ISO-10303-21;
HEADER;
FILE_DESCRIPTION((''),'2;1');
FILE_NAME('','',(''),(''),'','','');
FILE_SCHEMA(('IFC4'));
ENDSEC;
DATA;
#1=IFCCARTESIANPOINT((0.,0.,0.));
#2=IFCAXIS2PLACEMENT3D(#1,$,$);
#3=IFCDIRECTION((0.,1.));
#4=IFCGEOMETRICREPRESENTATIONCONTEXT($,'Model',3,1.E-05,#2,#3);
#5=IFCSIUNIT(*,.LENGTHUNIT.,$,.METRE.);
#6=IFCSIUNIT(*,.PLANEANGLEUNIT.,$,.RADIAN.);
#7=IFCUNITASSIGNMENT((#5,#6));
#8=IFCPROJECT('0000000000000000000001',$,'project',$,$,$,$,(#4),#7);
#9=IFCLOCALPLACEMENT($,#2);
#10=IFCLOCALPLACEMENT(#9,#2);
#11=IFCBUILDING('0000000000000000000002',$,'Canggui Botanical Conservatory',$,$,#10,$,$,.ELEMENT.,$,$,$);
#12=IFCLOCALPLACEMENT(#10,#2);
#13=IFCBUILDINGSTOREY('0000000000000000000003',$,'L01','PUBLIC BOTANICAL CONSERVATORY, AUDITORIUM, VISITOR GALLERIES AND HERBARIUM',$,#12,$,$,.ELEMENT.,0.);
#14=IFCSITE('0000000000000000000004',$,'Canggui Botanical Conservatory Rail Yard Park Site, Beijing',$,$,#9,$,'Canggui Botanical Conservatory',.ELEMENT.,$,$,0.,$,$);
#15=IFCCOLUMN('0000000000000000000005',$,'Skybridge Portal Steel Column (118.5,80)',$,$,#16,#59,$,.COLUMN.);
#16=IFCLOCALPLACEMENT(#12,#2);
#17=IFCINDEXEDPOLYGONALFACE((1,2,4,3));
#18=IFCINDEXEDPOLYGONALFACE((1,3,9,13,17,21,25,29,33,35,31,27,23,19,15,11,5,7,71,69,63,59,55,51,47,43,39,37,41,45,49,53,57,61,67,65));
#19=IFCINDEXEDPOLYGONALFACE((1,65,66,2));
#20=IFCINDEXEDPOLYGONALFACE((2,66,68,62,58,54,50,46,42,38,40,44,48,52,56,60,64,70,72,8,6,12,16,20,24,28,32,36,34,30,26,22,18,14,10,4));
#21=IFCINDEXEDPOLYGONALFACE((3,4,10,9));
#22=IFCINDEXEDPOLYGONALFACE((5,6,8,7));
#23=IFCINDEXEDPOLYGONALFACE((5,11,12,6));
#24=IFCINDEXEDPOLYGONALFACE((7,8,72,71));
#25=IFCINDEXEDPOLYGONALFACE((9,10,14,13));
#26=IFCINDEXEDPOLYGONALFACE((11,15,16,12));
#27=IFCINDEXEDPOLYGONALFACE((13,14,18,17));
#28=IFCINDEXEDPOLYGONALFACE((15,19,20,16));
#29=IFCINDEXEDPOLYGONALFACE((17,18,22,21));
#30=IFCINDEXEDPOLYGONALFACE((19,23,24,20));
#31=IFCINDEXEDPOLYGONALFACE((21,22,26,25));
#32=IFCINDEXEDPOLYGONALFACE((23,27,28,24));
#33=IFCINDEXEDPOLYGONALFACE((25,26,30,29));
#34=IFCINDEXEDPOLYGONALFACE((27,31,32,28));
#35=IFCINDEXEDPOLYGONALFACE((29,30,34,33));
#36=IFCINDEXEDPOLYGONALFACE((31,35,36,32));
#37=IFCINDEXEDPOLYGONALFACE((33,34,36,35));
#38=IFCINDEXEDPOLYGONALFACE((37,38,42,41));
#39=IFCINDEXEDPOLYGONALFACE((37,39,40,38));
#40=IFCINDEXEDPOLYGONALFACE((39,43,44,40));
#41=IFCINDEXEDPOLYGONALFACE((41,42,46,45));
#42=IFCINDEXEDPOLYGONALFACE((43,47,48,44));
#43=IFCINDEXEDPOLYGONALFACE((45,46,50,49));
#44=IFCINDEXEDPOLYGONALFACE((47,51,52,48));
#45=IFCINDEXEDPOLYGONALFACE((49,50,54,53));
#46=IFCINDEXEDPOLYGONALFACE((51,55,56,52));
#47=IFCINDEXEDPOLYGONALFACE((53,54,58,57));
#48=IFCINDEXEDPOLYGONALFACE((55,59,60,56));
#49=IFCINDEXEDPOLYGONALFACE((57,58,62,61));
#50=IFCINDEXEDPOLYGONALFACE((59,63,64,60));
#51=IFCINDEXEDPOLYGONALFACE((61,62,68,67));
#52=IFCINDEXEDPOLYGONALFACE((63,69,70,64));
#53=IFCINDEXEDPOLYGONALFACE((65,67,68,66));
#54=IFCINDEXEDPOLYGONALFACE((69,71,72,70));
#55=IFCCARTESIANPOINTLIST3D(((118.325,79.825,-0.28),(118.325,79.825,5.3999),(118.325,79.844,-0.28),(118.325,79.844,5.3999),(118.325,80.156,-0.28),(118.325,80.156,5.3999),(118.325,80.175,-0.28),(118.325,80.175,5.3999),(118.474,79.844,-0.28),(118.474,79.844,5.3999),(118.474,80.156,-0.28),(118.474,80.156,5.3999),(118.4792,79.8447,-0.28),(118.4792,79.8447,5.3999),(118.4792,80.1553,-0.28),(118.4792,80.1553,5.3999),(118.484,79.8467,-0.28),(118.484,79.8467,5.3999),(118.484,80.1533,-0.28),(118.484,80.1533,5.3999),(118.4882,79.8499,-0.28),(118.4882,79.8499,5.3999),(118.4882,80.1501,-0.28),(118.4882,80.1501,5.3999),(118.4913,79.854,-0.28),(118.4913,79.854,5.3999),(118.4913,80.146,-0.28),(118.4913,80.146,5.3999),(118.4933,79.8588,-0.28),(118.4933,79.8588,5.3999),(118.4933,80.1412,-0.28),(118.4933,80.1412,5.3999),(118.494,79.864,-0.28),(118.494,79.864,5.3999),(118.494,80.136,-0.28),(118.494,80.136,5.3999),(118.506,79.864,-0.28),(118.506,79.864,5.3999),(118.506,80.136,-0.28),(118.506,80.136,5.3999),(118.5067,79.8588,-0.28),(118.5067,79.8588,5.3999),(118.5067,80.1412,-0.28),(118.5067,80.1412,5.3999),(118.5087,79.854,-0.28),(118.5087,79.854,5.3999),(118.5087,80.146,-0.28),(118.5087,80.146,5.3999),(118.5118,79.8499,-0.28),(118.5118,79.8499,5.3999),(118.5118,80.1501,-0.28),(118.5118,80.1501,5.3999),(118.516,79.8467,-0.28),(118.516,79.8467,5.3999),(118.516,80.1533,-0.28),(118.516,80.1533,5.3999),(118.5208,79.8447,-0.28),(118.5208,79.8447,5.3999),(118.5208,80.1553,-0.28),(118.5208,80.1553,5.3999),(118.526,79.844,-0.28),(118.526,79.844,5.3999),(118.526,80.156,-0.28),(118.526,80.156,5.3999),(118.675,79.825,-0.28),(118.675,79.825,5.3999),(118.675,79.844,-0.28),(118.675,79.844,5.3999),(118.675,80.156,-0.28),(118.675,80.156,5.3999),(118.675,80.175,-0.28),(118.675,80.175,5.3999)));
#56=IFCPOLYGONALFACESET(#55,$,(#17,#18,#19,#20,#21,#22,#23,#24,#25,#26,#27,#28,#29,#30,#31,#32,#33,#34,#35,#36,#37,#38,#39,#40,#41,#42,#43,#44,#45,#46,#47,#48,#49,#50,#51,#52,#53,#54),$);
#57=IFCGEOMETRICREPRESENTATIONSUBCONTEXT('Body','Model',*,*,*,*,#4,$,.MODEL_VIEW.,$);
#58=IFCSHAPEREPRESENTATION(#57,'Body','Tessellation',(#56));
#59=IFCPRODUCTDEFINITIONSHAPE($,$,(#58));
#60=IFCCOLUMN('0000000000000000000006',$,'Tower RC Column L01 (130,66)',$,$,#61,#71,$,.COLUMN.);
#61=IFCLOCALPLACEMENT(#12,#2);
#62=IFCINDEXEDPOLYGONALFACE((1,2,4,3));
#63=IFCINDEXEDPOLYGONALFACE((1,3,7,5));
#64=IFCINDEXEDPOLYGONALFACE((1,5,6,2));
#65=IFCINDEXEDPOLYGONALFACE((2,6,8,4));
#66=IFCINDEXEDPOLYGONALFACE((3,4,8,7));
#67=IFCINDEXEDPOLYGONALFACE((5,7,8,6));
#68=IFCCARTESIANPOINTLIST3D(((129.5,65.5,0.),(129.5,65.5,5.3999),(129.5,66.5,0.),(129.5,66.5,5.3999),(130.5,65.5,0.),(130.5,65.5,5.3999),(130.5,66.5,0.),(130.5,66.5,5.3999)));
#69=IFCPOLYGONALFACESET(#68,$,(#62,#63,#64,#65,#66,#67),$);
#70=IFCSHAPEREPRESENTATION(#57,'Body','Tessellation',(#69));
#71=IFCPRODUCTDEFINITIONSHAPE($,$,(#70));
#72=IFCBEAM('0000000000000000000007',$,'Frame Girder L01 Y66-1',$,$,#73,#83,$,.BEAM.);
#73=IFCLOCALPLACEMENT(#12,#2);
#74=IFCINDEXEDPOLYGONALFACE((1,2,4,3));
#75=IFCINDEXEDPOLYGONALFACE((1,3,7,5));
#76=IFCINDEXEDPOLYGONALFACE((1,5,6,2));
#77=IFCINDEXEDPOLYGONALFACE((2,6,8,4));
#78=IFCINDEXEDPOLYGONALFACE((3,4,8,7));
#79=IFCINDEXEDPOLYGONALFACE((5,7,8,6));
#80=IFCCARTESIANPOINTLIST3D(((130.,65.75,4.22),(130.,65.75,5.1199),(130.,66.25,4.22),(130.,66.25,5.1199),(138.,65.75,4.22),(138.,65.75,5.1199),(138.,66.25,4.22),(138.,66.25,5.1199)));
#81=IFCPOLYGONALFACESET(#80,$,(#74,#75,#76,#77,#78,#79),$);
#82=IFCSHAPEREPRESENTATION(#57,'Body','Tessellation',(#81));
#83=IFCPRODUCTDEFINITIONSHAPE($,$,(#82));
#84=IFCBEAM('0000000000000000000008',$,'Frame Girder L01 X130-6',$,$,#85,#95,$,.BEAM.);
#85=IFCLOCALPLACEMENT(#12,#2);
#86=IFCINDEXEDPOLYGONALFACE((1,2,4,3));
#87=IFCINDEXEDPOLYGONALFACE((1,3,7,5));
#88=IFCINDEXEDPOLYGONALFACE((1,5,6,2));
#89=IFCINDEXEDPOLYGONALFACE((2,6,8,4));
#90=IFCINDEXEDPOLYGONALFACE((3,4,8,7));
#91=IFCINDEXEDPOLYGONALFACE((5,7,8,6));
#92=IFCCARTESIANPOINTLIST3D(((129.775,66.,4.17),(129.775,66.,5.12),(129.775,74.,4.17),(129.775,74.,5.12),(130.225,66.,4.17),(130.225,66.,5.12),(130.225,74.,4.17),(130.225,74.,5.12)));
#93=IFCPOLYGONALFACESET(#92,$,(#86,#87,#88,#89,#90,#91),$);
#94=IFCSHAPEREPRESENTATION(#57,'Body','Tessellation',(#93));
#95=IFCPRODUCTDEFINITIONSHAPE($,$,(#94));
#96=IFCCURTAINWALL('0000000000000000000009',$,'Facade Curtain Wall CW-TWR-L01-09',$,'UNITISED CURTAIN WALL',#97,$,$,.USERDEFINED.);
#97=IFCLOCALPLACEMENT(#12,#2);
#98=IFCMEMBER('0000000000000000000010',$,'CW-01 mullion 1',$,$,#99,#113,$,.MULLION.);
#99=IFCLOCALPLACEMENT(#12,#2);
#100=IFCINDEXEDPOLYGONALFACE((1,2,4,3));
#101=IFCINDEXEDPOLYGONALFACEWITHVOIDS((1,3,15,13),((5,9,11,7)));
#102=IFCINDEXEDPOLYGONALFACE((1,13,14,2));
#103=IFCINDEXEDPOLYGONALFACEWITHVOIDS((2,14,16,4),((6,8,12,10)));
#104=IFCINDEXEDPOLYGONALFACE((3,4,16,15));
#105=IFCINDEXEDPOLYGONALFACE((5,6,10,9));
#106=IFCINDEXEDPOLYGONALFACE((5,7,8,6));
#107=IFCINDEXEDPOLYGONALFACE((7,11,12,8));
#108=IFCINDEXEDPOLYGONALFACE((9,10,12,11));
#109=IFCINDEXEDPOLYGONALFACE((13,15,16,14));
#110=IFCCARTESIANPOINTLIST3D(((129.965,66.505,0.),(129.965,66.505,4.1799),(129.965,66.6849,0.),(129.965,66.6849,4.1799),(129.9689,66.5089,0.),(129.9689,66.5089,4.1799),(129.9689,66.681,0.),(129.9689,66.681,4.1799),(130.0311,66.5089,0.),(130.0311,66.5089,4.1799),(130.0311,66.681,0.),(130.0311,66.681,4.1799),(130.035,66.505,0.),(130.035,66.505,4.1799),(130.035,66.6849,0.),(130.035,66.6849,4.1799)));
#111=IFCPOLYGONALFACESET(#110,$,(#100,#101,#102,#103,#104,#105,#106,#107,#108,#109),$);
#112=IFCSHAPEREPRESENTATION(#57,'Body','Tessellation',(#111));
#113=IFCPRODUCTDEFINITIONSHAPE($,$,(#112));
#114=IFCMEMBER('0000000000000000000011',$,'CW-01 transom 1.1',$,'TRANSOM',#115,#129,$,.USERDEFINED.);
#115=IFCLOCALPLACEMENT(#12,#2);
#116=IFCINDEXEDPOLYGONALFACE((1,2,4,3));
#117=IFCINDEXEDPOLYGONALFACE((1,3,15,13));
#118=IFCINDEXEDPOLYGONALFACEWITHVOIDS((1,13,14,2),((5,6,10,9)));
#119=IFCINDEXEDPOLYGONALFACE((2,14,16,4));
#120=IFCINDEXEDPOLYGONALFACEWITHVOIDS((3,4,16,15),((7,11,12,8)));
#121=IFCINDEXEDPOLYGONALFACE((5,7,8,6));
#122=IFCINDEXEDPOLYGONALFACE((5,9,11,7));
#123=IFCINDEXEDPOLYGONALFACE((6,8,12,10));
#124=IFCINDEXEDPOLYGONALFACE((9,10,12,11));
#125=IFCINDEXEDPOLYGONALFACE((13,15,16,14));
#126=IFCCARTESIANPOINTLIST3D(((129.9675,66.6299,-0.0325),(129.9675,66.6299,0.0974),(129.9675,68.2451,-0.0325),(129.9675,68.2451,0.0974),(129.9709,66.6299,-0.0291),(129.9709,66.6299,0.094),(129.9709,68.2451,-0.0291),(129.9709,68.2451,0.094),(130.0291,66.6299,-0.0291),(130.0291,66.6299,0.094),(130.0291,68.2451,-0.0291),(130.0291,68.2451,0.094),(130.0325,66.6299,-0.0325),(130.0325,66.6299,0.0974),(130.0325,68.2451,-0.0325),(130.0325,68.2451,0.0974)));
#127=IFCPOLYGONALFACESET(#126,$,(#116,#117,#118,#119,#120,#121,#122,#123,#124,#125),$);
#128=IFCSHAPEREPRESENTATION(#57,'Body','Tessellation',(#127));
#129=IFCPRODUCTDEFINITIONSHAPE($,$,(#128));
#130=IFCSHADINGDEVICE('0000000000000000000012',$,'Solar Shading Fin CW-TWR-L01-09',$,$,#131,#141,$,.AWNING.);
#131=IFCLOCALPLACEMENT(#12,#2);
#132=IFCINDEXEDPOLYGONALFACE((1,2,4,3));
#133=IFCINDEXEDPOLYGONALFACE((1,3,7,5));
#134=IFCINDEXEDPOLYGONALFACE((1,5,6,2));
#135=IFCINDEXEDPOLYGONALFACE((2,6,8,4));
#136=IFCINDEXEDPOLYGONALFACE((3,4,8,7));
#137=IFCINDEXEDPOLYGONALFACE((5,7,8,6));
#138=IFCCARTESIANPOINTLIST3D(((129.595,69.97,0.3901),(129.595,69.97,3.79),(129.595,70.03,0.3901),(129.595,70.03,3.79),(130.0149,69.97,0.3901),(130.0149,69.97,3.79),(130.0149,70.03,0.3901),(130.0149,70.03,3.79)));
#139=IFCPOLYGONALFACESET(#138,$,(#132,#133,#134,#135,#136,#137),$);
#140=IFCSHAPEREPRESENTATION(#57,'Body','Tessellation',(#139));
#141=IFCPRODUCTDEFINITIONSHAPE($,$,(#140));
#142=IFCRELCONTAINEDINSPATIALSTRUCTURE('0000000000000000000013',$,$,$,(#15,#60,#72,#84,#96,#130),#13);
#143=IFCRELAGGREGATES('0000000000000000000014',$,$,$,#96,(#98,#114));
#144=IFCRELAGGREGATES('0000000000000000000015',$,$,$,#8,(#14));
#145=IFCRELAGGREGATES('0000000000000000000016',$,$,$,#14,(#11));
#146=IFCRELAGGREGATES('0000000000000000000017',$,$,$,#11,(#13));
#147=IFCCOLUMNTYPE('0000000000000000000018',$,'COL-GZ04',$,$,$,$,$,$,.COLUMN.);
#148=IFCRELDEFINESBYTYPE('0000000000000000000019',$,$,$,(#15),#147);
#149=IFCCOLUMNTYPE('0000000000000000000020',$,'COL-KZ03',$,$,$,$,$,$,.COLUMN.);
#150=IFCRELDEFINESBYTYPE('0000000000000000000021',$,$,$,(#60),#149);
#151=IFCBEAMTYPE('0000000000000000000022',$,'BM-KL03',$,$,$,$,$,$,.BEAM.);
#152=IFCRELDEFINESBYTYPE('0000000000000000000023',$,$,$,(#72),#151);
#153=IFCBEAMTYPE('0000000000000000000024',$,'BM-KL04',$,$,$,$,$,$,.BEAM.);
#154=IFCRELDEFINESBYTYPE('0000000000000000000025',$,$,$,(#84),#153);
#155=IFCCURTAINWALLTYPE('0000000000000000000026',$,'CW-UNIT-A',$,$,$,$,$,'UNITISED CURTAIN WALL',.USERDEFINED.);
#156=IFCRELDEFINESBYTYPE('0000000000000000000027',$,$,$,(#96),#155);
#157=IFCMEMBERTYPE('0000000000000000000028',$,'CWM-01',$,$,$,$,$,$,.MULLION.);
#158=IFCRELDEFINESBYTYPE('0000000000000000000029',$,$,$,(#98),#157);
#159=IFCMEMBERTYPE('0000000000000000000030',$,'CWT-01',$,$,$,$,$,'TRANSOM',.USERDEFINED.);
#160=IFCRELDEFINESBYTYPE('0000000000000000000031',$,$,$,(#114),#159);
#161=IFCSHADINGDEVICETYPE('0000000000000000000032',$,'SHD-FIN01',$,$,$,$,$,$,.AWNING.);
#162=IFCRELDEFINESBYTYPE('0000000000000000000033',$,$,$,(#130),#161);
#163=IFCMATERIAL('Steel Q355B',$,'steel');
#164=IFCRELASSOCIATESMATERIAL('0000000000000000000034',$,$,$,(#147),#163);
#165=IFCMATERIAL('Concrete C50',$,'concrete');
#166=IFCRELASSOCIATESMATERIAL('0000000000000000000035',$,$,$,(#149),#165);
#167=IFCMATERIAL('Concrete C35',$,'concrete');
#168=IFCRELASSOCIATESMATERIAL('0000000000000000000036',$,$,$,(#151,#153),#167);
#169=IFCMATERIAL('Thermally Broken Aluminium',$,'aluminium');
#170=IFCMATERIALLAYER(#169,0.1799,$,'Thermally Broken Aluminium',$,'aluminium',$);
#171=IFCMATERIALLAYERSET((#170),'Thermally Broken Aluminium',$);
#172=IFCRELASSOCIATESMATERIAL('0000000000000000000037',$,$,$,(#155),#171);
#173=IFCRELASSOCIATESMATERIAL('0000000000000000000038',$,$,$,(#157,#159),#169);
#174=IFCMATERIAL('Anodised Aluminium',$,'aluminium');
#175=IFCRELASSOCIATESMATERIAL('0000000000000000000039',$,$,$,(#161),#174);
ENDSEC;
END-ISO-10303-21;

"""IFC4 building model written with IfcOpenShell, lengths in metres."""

from ifc_helpers import new_model, si_unit, direction, frame, origin, origin_2d, place, context, subcontext, project, spatial, rectangle, hollow_rectangle, i_section, extrude, material, layer, layer_set, material_profile, profile_set, type_object, element, aggregate, save


model = new_model("IFC4")

# Units and contexts
model_context = context("Model", 3, precision=1e-05, world=origin(), true_north=direction((0.0, 1.0)))
body_context = subcontext(model_context, "Body", "Model", "MODEL_VIEW")
ifc_project = project(units=[si_unit("LENGTHUNIT", "METRE"), si_unit("PLANEANGLEUNIT", "RADIAN")], contexts=[model_context])

# Site, building, storey
site_placement = place(None, origin())
site = spatial("IfcSite", under=ifc_project, at=site_placement, Name="Canggui Botanical Conservatory Rail Yard Park Site, Beijing", LongName="Canggui Botanical Conservatory", CompositionType="ELEMENT", RefElevation=0.0)
building_placement = place(site_placement, origin())
building = spatial("IfcBuilding", under=site, at=building_placement, Name="Canggui Botanical Conservatory", CompositionType="ELEMENT")
storey_placement = place(building_placement, origin())
storey = spatial("IfcBuildingStorey", under=building, at=storey_placement, Name="L01", Description="PUBLIC BOTANICAL CONSERVATORY, AUDITORIUM, VISITOR GALLERIES AND HERBARIUM", CompositionType="ELEMENT", Elevation=0.0)

# Shared definitions
ifc_material_1 = material(Name="Concrete C35", Category="concrete")

# Columns
ifc_material_2 = material(Name="Steel Q355B", Category="steel")
ifc_material_profile_1 = material_profile(ifc_material_2, i_section(OverallWidth=0.3501, OverallDepth=0.3501, WebThickness=0.012, FlangeThickness=0.019, FilletRadius=0.02, at=origin_2d()), Name="HW 350x350x12x19")
ifc_profile_set_1 = profile_set([ifc_material_profile_1], Name="Steel Q355B")
column_type_1 = type_object("IfcColumnType", Name="COL-GZ04", PredefinedType="COLUMN", material=ifc_profile_set_1)
for number, where, z_axis, x_axis, name in (
    (1, (118.5, 80.0, -0.28), (0.0, 0.0, 1.0), (1.0, 0.0, 0.0), "Skybridge Portal Steel Column (118.5,80)"),
):
    element("IfcColumn", number, at=place(storey_placement, frame(where, z_axis=z_axis, x_axis=x_axis)), inside=storey, type_object=column_type_1, Name=name, PredefinedType="COLUMN", context=body_context, shape_type="SweptSolid", body=[
        extrude(i_section(OverallWidth=0.3501, OverallDepth=0.3501, WebThickness=0.012, FlangeThickness=0.019, FilletRadius=0.02, at=origin_2d()), origin(), (0.0, 0.0, 1.0), 5.6799),
    ])
ifc_material_3 = material(Name="Concrete C50", Category="concrete")
ifc_material_profile_2 = material_profile(ifc_material_3, rectangle(XDim=1.0, YDim=1.0, at=origin_2d()), Name="RC 1000x1000")
ifc_profile_set_2 = profile_set([ifc_material_profile_2], Name="Concrete C50")
column_type_2 = type_object("IfcColumnType", Name="COL-KZ03", PredefinedType="COLUMN", material=ifc_profile_set_2)
column_1_placement = place(storey_placement, frame((130.0, 66.0, 0.0), z_axis=(0.0, 0.0, 1.0), x_axis=(1.0, 0.0, 0.0)))
element("IfcColumn", 2, at=column_1_placement, inside=storey, type_object=column_type_2, Name="Tower RC Column L01 (130,66)", PredefinedType="COLUMN", context=body_context, shape_type="SweptSolid", body=[
    extrude(rectangle(XDim=1.0, YDim=1.0, at=origin_2d()), origin(), (0.0, 0.0, 1.0), 5.3999),
])

# Beams
ifc_material_profile_3 = material_profile(ifc_material_1, rectangle(XDim=0.5, YDim=0.8999, at=origin_2d()), Name="RB 500x900")
ifc_profile_set_3 = profile_set([ifc_material_profile_3], Name="Concrete C35")
beam_type_1 = type_object("IfcBeamType", Name="BM-KL03", PredefinedType="BEAM", material=ifc_profile_set_3)
beam_1_placement = place(storey_placement, frame((130.0, 66.0, 4.6699), z_axis=(1.0, 0.0, 0.0), x_axis=(0.0, 1.0, 0.0)))
element("IfcBeam", 3, at=beam_1_placement, inside=storey, type_object=beam_type_1, Name="Frame Girder L01 Y66-1", PredefinedType="BEAM", context=body_context, shape_type="SweptSolid", body=[
    extrude(rectangle(XDim=0.5, YDim=0.8999, at=origin_2d()), origin(), (0.0, 0.0, 1.0), 8.0),
])
ifc_material_profile_4 = material_profile(ifc_material_1, rectangle(XDim=0.45, YDim=0.95, at=origin_2d()), Name="RB 450x950")
ifc_profile_set_4 = profile_set([ifc_material_profile_4], Name="Concrete C35")
beam_type_2 = type_object("IfcBeamType", Name="BM-KL04", PredefinedType="BEAM", material=ifc_profile_set_4)
beam_2_placement = place(storey_placement, frame((130.0, 66.0, 4.645), z_axis=(0.0, 1.0, 0.0), x_axis=(-1.0, 0.0, 0.0)))
element("IfcBeam", 4, at=beam_2_placement, inside=storey, type_object=beam_type_2, Name="Frame Girder L01 X130-6", PredefinedType="BEAM", context=body_context, shape_type="SweptSolid", body=[
    extrude(rectangle(XDim=0.45, YDim=0.95, at=origin_2d()), origin(), (0.0, 0.0, 1.0), 8.0),
])

# Curtain wall, members
ifc_material_4 = material(Name="Thermally Broken Aluminium", Category="aluminium")
ifc_layer = layer(ifc_material_4, 0.1799, Name="Thermally Broken Aluminium", Category="aluminium")
ifc_layer_set = layer_set([ifc_layer], Name="Thermally Broken Aluminium")
curtain_wall_type = type_object("IfcCurtainWallType", Name="CW-UNIT-A", ElementType="UNITISED CURTAIN WALL", PredefinedType="USERDEFINED", material=ifc_layer_set)
curtain_wall_placement = place(storey_placement, origin())
curtain_wall = element("IfcCurtainWall", 5, at=curtain_wall_placement, inside=storey, type_object=curtain_wall_type, Name="Facade Curtain Wall CW-TWR-L01-09", ObjectType="UNITISED CURTAIN WALL", PredefinedType="USERDEFINED")
ifc_material_profile_5 = material_profile(ifc_material_4, hollow_rectangle(XDim=0.0701, YDim=0.1799, WallThickness=0.0039, at=origin_2d()), Name="CWM 70x180x4")
ifc_profile_set_5 = profile_set([ifc_material_profile_5], Name="Thermally Broken Aluminium")
member_type_1 = type_object("IfcMemberType", Name="CWM-01", PredefinedType="MULLION", material=ifc_profile_set_5)
member_1_placement = place(storey_placement, frame((130.0, 66.595, 0.0), z_axis=(0.0, 0.0, 1.0), x_axis=(-1.0, 0.0, 0.0)))
member_1 = element("IfcMember", 6, at=member_1_placement, type_object=member_type_1, Name="CW-01 mullion 1", PredefinedType="MULLION", context=body_context, shape_type="SweptSolid", body=[
    extrude(hollow_rectangle(XDim=0.0701, YDim=0.1799, WallThickness=0.0039, at=origin_2d()), origin(), (0.0, 0.0, 1.0), 4.1799),
])
ifc_material_profile_6 = material_profile(ifc_material_4, hollow_rectangle(XDim=0.0649, YDim=0.1299, WallThickness=0.0034, at=origin_2d()), Name="CWT 65x130x3.5")
ifc_profile_set_6 = profile_set([ifc_material_profile_6], Name="Thermally Broken Aluminium")
member_type_2 = type_object("IfcMemberType", Name="CWT-01", ElementType="TRANSOM", PredefinedType="USERDEFINED", material=ifc_profile_set_6)
member_2_placement = place(storey_placement, frame((130.0, 66.6299, 0.0325), z_axis=(0.0, 1.0, 0.0), x_axis=(-1.0, 0.0, 0.0)))
member_2 = element("IfcMember", 7, at=member_2_placement, type_object=member_type_2, Name="CW-01 transom 1.1", ObjectType="TRANSOM", PredefinedType="USERDEFINED", context=body_context, shape_type="SweptSolid", body=[
    extrude(hollow_rectangle(XDim=0.0649, YDim=0.1299, WallThickness=0.0034, at=origin_2d()), origin(), (0.0, 0.0, 1.0), 1.6152),
])
aggregate(curtain_wall, [member_1, member_2])

# Shading device
ifc_material_5 = material(Name="Anodised Aluminium", Category="aluminium")
shading_device_type = type_object("IfcShadingDeviceType", Name="SHD-FIN01", PredefinedType="AWNING", material=ifc_material_5)
shading_device_placement = place(storey_placement, frame((129.8049, 70.0, 0.3901), z_axis=(0.0, 0.0, 1.0), x_axis=(0.0, 1.0, 0.0)))
element("IfcShadingDevice", 8, at=shading_device_placement, inside=storey, type_object=shading_device_type, Name="Solar Shading Fin CW-TWR-L01-09", PredefinedType="AWNING", context=body_context, shape_type="SweptSolid", body=[
    extrude(rectangle(XDim=0.0601, YDim=0.4199, at=origin_2d()), origin(), (0.0, 0.0, 1.0), 3.3999),
])

save(model, "model.ifc")
